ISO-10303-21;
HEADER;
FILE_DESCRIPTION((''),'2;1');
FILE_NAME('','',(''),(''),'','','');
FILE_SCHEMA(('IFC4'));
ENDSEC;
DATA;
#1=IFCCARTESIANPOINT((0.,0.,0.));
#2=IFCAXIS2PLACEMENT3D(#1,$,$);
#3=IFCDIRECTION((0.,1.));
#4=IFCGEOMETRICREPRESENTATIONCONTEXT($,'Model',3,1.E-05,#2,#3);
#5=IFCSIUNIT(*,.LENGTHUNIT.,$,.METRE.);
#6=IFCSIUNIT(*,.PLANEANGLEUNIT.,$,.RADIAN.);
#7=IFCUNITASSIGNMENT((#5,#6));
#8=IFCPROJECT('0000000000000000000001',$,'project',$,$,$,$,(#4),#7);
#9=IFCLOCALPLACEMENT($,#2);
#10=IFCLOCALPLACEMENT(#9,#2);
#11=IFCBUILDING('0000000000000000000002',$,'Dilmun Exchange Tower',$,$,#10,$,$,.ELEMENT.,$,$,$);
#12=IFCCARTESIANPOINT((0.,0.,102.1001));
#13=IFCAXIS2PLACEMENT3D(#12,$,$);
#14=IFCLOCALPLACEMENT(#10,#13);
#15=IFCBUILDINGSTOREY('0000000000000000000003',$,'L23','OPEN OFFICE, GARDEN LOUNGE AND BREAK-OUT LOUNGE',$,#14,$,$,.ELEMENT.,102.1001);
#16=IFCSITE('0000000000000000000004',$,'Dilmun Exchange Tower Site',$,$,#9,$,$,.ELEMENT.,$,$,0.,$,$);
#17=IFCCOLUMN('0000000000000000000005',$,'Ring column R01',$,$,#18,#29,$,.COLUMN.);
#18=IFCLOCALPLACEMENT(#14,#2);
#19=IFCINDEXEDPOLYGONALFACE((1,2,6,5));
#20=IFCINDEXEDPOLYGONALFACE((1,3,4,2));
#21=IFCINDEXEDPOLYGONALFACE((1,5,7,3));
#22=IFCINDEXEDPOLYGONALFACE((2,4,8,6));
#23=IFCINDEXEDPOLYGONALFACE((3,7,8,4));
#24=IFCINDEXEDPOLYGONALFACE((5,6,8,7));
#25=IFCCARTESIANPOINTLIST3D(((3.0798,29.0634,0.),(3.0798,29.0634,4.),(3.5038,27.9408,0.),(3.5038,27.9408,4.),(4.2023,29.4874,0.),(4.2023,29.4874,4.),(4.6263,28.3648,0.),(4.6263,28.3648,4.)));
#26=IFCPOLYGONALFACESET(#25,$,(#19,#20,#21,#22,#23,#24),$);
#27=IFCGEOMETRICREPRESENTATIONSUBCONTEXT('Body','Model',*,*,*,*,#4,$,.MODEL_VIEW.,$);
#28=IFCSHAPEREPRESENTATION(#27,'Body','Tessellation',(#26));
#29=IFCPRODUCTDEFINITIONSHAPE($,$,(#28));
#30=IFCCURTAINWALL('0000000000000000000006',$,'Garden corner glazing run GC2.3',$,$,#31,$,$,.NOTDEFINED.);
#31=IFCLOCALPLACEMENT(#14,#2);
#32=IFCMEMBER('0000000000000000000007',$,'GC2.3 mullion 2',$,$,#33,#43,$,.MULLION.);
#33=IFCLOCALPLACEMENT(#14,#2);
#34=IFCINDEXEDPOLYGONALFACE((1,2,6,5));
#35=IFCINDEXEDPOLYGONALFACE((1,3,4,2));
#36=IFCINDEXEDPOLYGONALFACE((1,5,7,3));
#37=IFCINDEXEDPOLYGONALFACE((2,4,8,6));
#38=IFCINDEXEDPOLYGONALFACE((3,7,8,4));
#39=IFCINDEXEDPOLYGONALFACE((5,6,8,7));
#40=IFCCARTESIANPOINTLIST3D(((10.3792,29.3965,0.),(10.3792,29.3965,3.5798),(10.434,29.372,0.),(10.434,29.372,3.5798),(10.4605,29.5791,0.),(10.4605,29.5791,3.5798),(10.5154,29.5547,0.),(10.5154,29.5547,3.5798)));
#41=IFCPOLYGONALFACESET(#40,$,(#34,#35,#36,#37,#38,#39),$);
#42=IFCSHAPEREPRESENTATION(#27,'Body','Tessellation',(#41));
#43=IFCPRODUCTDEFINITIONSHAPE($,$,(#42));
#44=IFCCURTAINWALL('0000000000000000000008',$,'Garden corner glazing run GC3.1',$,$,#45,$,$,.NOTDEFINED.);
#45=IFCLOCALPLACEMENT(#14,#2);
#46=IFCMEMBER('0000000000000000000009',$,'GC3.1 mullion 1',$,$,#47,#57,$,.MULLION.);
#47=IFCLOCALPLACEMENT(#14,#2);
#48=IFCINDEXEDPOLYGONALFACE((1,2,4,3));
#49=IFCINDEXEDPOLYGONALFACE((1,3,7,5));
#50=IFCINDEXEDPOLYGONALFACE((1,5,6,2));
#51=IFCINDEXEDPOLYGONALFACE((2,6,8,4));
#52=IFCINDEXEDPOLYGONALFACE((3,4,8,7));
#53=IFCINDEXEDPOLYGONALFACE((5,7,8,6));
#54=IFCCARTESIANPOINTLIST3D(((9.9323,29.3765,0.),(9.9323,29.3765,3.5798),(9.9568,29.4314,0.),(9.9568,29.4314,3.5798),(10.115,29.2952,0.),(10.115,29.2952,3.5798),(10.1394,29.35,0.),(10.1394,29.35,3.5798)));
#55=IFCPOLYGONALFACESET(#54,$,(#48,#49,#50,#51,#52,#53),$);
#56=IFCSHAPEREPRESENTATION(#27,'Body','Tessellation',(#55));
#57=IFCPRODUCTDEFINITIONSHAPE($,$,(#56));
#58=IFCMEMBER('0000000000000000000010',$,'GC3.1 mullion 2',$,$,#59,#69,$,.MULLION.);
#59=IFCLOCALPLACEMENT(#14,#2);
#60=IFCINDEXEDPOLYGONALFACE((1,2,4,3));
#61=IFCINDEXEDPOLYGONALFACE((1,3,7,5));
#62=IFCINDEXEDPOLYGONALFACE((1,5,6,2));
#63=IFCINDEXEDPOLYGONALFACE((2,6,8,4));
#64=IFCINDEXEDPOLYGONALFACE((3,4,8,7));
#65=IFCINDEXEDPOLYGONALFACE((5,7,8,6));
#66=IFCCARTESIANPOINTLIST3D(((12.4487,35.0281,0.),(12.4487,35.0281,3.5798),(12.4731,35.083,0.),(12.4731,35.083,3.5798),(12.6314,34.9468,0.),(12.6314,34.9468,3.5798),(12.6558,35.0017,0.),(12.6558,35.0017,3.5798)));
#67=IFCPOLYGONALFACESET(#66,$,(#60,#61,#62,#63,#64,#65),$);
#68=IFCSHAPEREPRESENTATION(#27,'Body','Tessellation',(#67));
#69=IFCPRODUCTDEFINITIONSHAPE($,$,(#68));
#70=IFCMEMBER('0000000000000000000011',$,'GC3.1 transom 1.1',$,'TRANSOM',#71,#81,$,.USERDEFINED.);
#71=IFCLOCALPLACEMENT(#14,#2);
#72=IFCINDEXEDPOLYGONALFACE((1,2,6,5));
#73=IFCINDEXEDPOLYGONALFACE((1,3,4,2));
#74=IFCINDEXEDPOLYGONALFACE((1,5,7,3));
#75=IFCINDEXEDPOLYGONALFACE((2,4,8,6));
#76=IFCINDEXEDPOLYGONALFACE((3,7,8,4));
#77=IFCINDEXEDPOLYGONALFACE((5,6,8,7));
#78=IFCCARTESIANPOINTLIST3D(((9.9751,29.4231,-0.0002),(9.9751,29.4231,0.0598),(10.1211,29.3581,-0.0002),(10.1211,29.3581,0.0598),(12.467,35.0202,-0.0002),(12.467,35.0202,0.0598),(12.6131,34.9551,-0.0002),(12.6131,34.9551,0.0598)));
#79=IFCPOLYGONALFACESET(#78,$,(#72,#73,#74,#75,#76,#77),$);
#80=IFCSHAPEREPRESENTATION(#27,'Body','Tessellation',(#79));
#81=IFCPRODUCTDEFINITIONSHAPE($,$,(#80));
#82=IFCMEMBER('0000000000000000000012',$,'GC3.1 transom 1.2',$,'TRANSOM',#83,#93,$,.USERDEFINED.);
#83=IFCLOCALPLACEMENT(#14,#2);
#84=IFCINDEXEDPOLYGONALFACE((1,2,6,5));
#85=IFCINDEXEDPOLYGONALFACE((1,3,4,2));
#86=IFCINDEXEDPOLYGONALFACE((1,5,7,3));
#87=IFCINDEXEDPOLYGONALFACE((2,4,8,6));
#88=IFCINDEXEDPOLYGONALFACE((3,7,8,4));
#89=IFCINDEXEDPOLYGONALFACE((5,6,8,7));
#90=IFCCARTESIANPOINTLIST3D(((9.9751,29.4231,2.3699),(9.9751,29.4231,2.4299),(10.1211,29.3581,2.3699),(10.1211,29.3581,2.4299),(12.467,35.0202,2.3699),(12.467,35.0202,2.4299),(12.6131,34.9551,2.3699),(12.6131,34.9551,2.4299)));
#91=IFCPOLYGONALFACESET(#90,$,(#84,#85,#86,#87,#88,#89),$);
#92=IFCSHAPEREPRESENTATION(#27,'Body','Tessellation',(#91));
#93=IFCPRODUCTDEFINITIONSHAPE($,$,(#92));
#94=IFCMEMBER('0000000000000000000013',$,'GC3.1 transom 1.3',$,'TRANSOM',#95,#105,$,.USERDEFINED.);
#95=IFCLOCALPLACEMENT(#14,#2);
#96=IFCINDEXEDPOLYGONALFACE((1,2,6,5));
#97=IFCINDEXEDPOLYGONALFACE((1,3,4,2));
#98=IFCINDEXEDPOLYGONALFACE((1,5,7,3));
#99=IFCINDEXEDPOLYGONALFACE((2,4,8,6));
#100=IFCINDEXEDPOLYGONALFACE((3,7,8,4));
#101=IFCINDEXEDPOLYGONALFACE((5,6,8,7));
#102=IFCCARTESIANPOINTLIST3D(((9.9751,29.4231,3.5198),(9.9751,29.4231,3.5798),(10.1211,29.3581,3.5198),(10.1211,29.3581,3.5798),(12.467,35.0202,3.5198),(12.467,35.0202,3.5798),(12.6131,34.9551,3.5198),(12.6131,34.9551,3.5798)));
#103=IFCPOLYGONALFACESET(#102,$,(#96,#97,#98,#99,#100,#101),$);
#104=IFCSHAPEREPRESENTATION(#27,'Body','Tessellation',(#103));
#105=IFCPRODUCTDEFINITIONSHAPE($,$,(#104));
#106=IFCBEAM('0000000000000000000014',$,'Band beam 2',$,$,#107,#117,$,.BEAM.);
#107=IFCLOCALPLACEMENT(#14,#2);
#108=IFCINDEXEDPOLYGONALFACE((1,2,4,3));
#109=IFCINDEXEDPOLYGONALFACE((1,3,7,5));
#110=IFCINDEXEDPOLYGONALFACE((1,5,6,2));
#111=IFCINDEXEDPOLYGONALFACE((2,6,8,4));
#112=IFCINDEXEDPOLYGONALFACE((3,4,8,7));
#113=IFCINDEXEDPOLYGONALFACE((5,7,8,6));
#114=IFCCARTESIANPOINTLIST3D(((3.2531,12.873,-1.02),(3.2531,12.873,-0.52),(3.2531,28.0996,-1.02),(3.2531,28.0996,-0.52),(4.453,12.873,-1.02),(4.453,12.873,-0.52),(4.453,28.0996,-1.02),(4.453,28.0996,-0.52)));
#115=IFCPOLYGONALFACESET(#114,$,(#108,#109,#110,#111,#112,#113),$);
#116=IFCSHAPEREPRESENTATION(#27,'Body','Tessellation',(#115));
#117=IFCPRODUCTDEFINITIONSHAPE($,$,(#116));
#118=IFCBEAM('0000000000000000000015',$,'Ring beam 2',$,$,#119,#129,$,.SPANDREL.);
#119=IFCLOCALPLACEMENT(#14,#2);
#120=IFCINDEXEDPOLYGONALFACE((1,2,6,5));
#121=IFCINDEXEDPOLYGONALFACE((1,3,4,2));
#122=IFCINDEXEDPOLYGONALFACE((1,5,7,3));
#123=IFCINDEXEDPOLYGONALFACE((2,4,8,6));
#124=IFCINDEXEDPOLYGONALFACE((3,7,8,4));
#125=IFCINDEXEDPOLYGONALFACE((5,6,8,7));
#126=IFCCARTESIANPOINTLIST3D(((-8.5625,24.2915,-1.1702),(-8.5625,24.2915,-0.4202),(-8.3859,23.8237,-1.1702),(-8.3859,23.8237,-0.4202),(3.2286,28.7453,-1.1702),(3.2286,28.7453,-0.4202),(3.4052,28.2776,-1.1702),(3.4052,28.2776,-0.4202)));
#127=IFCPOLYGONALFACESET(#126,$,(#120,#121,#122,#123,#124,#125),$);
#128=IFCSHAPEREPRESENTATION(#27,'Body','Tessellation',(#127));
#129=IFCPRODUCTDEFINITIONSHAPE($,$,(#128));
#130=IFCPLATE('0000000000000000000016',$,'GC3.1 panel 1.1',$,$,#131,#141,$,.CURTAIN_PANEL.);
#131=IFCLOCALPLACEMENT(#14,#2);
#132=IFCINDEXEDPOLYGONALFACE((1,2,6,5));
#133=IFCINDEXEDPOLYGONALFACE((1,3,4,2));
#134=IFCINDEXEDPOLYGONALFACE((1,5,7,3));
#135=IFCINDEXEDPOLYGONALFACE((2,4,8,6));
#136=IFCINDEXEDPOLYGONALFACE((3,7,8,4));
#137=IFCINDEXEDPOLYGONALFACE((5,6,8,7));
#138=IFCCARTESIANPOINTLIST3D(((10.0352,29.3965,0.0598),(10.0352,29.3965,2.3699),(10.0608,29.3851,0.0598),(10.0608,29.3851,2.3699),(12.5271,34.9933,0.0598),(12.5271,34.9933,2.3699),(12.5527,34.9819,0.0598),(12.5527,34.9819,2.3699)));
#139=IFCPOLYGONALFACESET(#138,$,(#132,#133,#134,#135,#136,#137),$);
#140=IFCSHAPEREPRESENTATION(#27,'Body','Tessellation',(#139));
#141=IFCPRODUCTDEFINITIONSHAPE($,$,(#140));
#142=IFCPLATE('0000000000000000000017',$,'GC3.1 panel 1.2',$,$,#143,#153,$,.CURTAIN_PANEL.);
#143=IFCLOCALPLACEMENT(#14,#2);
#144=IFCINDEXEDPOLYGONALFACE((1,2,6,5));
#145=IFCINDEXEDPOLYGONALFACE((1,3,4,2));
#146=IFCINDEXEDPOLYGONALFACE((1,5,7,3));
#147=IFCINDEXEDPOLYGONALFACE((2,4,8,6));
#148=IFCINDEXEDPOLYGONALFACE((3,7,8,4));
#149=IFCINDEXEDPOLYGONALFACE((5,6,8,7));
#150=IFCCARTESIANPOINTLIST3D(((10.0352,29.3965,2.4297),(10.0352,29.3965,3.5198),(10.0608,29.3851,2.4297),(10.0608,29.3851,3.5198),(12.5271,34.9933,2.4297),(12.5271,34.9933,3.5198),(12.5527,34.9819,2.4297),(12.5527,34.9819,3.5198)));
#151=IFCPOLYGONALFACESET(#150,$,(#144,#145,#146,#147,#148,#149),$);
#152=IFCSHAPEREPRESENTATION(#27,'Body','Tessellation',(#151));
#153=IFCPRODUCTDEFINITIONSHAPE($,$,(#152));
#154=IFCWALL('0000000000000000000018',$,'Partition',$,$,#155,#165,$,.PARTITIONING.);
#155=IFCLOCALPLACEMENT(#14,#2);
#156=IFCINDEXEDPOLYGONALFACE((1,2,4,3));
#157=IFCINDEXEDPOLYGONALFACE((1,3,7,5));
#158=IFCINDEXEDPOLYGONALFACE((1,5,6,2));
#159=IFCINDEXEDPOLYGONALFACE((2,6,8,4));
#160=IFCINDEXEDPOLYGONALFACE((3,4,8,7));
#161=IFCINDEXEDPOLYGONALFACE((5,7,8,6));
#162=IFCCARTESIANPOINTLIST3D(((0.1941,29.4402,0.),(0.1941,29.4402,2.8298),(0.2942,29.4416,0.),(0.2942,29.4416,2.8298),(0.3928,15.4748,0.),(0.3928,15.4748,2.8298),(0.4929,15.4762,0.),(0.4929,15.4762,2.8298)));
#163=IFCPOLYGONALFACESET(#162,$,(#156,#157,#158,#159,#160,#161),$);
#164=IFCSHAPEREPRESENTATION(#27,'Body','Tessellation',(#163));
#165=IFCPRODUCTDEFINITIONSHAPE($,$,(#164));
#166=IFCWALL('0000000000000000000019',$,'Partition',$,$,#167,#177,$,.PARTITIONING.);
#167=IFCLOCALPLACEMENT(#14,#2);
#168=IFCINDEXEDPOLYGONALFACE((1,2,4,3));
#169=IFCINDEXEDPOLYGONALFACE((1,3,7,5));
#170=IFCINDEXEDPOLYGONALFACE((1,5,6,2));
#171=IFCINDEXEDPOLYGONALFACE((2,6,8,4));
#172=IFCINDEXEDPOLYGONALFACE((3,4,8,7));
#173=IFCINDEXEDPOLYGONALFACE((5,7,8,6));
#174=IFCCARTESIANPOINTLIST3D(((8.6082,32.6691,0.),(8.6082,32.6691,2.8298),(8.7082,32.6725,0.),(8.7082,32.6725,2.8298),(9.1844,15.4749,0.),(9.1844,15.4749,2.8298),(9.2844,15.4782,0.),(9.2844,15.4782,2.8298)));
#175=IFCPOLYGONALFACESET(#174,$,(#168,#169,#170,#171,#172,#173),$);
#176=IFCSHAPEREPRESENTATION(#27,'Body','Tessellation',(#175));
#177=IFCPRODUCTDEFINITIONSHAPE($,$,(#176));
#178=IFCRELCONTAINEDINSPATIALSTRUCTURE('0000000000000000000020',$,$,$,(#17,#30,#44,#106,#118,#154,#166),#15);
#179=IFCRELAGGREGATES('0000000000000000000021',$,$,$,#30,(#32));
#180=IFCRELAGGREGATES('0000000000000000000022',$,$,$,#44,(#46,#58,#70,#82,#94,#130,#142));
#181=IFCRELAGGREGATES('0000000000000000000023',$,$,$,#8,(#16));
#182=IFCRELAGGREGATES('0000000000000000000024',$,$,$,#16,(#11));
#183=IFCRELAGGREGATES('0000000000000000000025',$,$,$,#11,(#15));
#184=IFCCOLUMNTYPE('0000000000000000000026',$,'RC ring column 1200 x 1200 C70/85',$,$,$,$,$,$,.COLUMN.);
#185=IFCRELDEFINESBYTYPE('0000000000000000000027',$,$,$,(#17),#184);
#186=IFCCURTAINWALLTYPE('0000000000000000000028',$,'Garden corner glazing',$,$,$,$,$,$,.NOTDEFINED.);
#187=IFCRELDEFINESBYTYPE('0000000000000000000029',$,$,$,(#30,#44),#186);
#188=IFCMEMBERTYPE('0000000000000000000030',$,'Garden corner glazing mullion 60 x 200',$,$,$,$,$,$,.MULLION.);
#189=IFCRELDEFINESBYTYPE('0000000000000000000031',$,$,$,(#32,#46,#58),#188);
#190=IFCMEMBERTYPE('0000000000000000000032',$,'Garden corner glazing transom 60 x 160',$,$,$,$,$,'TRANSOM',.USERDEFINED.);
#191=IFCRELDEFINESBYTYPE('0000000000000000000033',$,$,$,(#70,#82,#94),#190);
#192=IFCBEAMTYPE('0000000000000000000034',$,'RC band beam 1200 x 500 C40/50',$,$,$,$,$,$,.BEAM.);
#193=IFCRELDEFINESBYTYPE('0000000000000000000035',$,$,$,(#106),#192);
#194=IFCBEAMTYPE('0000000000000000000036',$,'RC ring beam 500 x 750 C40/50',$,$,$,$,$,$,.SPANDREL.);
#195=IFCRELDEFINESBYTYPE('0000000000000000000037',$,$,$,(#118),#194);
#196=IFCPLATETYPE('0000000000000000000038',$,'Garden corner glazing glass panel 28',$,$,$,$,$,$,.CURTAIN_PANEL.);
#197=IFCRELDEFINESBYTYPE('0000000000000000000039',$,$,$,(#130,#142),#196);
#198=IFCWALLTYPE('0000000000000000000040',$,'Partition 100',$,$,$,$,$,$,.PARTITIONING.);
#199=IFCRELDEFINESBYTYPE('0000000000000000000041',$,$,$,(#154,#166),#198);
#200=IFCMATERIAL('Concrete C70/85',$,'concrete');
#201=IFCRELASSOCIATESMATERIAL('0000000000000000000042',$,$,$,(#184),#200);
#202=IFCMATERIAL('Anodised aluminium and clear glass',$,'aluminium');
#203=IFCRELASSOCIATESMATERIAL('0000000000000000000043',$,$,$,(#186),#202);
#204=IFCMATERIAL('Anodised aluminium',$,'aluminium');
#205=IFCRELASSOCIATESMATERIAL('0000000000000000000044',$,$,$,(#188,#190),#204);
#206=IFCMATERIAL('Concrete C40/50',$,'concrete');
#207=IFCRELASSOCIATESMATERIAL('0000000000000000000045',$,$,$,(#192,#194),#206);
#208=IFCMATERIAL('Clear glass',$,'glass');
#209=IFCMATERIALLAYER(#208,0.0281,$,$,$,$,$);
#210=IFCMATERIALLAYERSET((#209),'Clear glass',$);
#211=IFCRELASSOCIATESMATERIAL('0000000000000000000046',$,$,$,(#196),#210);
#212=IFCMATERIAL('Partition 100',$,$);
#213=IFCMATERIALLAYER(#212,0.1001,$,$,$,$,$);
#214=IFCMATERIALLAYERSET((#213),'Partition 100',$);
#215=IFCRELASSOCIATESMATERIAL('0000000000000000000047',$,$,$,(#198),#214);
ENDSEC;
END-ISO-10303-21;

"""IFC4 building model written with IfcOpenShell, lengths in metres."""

from ifc_helpers import new_model, si_unit, direction, frame, frame_2d, origin, origin_2d, place, context, subcontext, project, spatial, rectangle, extrude, material, layer, layer_set, material_profile, profile_set, type_object, element, aggregate, save


model = new_model("IFC4")

# Units and contexts
model_context = context("Model", 3, precision=1e-05, world=origin(), true_north=direction((0.0, 1.0)))
body_context = subcontext(model_context, "Body", "Model", "MODEL_VIEW")
ifc_project = project(units=[si_unit("LENGTHUNIT", "METRE"), si_unit("PLANEANGLEUNIT", "RADIAN")], contexts=[model_context])

# Site, building, storey
site_placement = place(None, origin())
site = spatial("IfcSite", under=ifc_project, at=site_placement, Name="Dilmun Exchange Tower Site", CompositionType="ELEMENT", RefElevation=0.0)
building_placement = place(site_placement, origin())
building = spatial("IfcBuilding", under=site, at=building_placement, Name="Dilmun Exchange Tower", CompositionType="ELEMENT")
storey_placement = place(building_placement, frame((0.0, 0.0, 102.1001)))
storey = spatial("IfcBuildingStorey", under=building, at=storey_placement, Name="L23", Description="OPEN OFFICE, GARDEN LOUNGE AND BREAK-OUT LOUNGE", CompositionType="ELEMENT", Elevation=102.1001)

# Column
ifc_material_1 = material(Name="Concrete C70/85", Category="concrete")
ifc_material_profile_1 = material_profile(ifc_material_1, rectangle(XDim=1.2, YDim=1.2, at=origin_2d()), Name="1200 x 1200")
ifc_profile_set_1 = profile_set([ifc_material_profile_1], Name="Concrete C70/85")
column_type = type_object("IfcColumnType", Name="RC ring column 1200 x 1200 C70/85", PredefinedType="COLUMN", material=ifc_profile_set_1)
column_placement = place(storey_placement, frame((3.853, 28.7141, 0.0), z_axis=(0.0, 0.0, 1.0), x_axis=(0.935492, 0.353349, 0.0)))
element("IfcColumn", 1, at=column_placement, inside=storey, type_object=column_type, Name="Ring column R01", PredefinedType="COLUMN", context=body_context, shape_type="SweptSolid", body=[
    extrude(rectangle(XDim=1.2, YDim=1.2, at=origin_2d()), origin(), (0.0, 0.0, 1.0), 4.0),
])

# Curtain wall, member
ifc_material_2 = material(Name="Anodised aluminium and clear glass", Category="aluminium")
curtain_wall_type = type_object("IfcCurtainWallType", Name="Garden corner glazing", PredefinedType="NOTDEFINED", material=ifc_material_2)
curtain_wall_1_placement = place(storey_placement, origin())
curtain_wall_1 = element("IfcCurtainWall", 2, at=curtain_wall_1_placement, inside=storey, type_object=curtain_wall_type, Name="Garden corner glazing run GC2.3", PredefinedType="NOTDEFINED")
ifc_material_3 = material(Name="Anodised aluminium", Category="aluminium")
ifc_material_profile_2 = material_profile(ifc_material_3, rectangle(XDim=0.2, YDim=0.0601, at=origin_2d()), Name="AL 60x200")
ifc_profile_set_2 = profile_set([ifc_material_profile_2], Name="Anodised aluminium")
member_type_1 = type_object("IfcMemberType", Name="Garden corner glazing mullion 60 x 200", PredefinedType="MULLION", material=ifc_profile_set_2)
member_1_placement = place(storey_placement, frame((10.4473, 29.4756, 0.0), z_axis=(0.0, 0.0, 1.0), x_axis=(-0.406735, -0.913546, 0.0)))
member_1 = element("IfcMember", 3, at=member_1_placement, type_object=member_type_1, Name="GC2.3 mullion 2", PredefinedType="MULLION", context=body_context, shape_type="SweptSolid", body=[
    extrude(rectangle(XDim=0.2, YDim=0.0601, at=origin_2d()), origin(), (0.0, 0.0, 1.0), 3.5798),
])
aggregate(curtain_wall_1, [member_1])

# Curtain wall, members
curtain_wall_2_placement = place(storey_placement, origin())
curtain_wall_2 = element("IfcCurtainWall", 4, at=curtain_wall_2_placement, inside=storey, type_object=curtain_wall_type, Name="Garden corner glazing run GC3.1", PredefinedType="NOTDEFINED")
member_2_placement = place(storey_placement, frame((10.0359, 29.3633, 0.0), z_axis=(0.0, 0.0, 1.0), x_axis=(-0.913543, 0.406743, 0.0)))
member_2 = element("IfcMember", 5, at=member_2_placement, type_object=member_type_1, Name="GC3.1 mullion 1", PredefinedType="MULLION", context=body_context, shape_type="SweptSolid", body=[
    extrude(rectangle(XDim=0.2, YDim=0.0601, at=origin_2d()), origin(), (0.0, 0.0, 1.0), 3.5798),
])
member_3_placement = place(storey_placement, frame((12.5522, 35.0149, 0.0), z_axis=(0.0, 0.0, 1.0), x_axis=(-0.913543, 0.406743, 0.0)))
member_3 = element("IfcMember", 6, at=member_3_placement, type_object=member_type_1, Name="GC3.1 mullion 2", PredefinedType="MULLION", context=body_context, shape_type="SweptSolid", body=[
    extrude(rectangle(XDim=0.2, YDim=0.0601, at=origin_2d()), origin(), (0.0, 0.0, 1.0), 3.5798),
])
ifc_material_profile_3 = material_profile(ifc_material_3, rectangle(XDim=0.1599, YDim=0.0601, at=origin_2d()), Name="AL 60x160")
ifc_profile_set_3 = profile_set([ifc_material_profile_3], Name="Anodised aluminium")
member_type_2 = type_object("IfcMemberType", Name="Garden corner glazing transom 60 x 160", ElementType="TRANSOM", PredefinedType="USERDEFINED", material=ifc_profile_set_3)
member_4_placement = place(storey_placement, frame((10.0481, 29.3906, 0.0298), z_axis=(0.406741, 0.913543, 0.0), x_axis=(-0.913543, 0.406741, 0.0)))
member_4 = element("IfcMember", 7, at=member_4_placement, type_object=member_type_2, Name="GC3.1 transom 1.1", ObjectType="TRANSOM", PredefinedType="USERDEFINED", context=body_context, shape_type="SweptSolid", body=[
    extrude(rectangle(XDim=0.1599, YDim=0.0601, at=origin_2d()), origin(), (0.0, 0.0, 1.0), 6.1267),
])
member_5_placement = place(storey_placement, frame((10.0481, 29.3906, 2.3999), z_axis=(0.406741, 0.913543, 0.0), x_axis=(-0.913543, 0.406741, 0.0)))
member_5 = element("IfcMember", 8, at=member_5_placement, type_object=member_type_2, Name="GC3.1 transom 1.2", ObjectType="TRANSOM", PredefinedType="USERDEFINED", context=body_context, shape_type="SweptSolid", body=[
    extrude(rectangle(XDim=0.1599, YDim=0.0601, at=origin_2d()), origin(), (0.0, 0.0, 1.0), 6.1267),
])
member_6_placement = place(storey_placement, frame((10.0481, 29.3906, 3.5498), z_axis=(0.406741, 0.913543, 0.0), x_axis=(-0.913543, 0.406741, 0.0)))
member_6 = element("IfcMember", 9, at=member_6_placement, type_object=member_type_2, Name="GC3.1 transom 1.3", ObjectType="TRANSOM", PredefinedType="USERDEFINED", context=body_context, shape_type="SweptSolid", body=[
    extrude(rectangle(XDim=0.1599, YDim=0.0601, at=origin_2d()), origin(), (0.0, 0.0, 1.0), 6.1267),
])

# Beams
ifc_material_4 = material(Name="Concrete C40/50", Category="concrete")
ifc_material_profile_4 = material_profile(ifc_material_4, rectangle(XDim=1.2, YDim=0.5, at=origin_2d()), Name="1200 x 500")
ifc_profile_set_4 = profile_set([ifc_material_profile_4], Name="Concrete C40/50")
beam_type_1 = type_object("IfcBeamType", Name="RC band beam 1200 x 500 C40/50", PredefinedType="BEAM", material=ifc_profile_set_4)
beam_1_placement = place(storey_placement, frame((3.853, 28.0996, -0.77), z_axis=(0.0, -1.0, 0.0), x_axis=(1.0, 0.0, 0.0)))
element("IfcBeam", 10, at=beam_1_placement, inside=storey, type_object=beam_type_1, Name="Band beam 2", PredefinedType="BEAM", context=body_context, shape_type="SweptSolid", body=[
    extrude(rectangle(XDim=1.2, YDim=0.5, at=origin_2d()), origin(), (0.0, 0.0, 1.0), 15.2266),
])
ifc_material_profile_5 = material_profile(ifc_material_4, rectangle(XDim=0.5, YDim=0.75, at=origin_2d()), Name="500 x 750")
ifc_profile_set_5 = profile_set([ifc_material_profile_5], Name="Concrete C40/50")
beam_type_2 = type_object("IfcBeamType", Name="RC ring beam 500 x 750 C40/50", PredefinedType="SPANDREL", material=ifc_profile_set_5)
beam_2_placement = place(storey_placement, frame((3.3169, 28.5115, -0.7952), z_axis=(-0.935486, -0.353364, 0.0), x_axis=(0.353364, -0.935486, 0.0)))
element("IfcBeam", 11, at=beam_2_placement, inside=storey, type_object=beam_type_2, Name="Ring beam 2", PredefinedType="SPANDREL", context=body_context, shape_type="SweptSolid", body=[
    extrude(rectangle(XDim=0.5, YDim=0.75, at=origin_2d()), origin(), (0.0, 0.0, 1.0), 12.6042),
])

# Plates
ifc_material_5 = material(Name="Clear glass", Category="glass")
ifc_layer_1 = layer(ifc_material_5, 0.0281)
ifc_layer_set_1 = layer_set([ifc_layer_1], Name="Clear glass")
plate_type = type_object("IfcPlateType", Name="Garden corner glazing glass panel 28", PredefinedType="CURTAIN_PANEL", material=ifc_layer_set_1)
plate_1_placement = place(storey_placement, frame((11.2939, 32.1892, 0.0598), z_axis=(0.0, 0.0, 1.0), x_axis=(0.406743, 0.913543, 0.0)))
plate_1 = element("IfcPlate", 12, at=plate_1_placement, type_object=plate_type, Name="GC3.1 panel 1.1", PredefinedType="CURTAIN_PANEL", context=body_context, shape_type="SweptSolid", body=[
    extrude(rectangle(XDim=6.1265, YDim=0.0281, at=origin_2d()), origin(), (0.0, 0.0, 1.0), 2.3101),
])
plate_2_placement = place(storey_placement, frame((11.2939, 32.1892, 2.4297), z_axis=(0.0, 0.0, 1.0), x_axis=(0.406743, 0.913543, 0.0)))
plate_2 = element("IfcPlate", 13, at=plate_2_placement, type_object=plate_type, Name="GC3.1 panel 1.2", PredefinedType="CURTAIN_PANEL", context=body_context, shape_type="SweptSolid", body=[
    extrude(rectangle(XDim=6.1265, YDim=0.0281, at=origin_2d()), origin(), (0.0, 0.0, 1.0), 1.0901),
])
aggregate(curtain_wall_2, [member_2, member_3, member_4, member_5, member_6, plate_1, plate_2])

# Walls
ifc_material_6 = material(Name="Partition 100")
ifc_layer_2 = layer(ifc_material_6, 0.1001)
ifc_layer_set_2 = layer_set([ifc_layer_2], Name="Partition 100")
wall_type = type_object("IfcWallType", Name="Partition 100", PredefinedType="PARTITIONING", material=ifc_layer_set_2)
wall_1_placement = place(storey_placement, frame((0.2441, 29.4409, 0.0), z_axis=(0.0, 0.0, 1.0), x_axis=(0.014229, -0.999899, 0.0)))
element("IfcWall", 14, at=wall_1_placement, inside=storey, type_object=wall_type, Name="Partition", PredefinedType="PARTITIONING", context=body_context, shape_type="SweptSolid", body=[
    extrude(rectangle(XDim=13.9668, YDim=0.1001, at=frame_2d((6.9834, 0.0))), origin(), (0.0, 0.0, 1.0), 2.8298),
])
wall_2_placement = place(storey_placement, frame((8.6582, 32.6709, 0.0), z_axis=(0.0, 0.0, 1.0), x_axis=(0.033491, -0.999439, 0.0)))
element("IfcWall", 15, at=wall_2_placement, inside=storey, type_object=wall_type, Name="Partition", PredefinedType="PARTITIONING", context=body_context, shape_type="SweptSolid", body=[
    extrude(rectangle(XDim=17.2039, YDim=0.1001, at=frame_2d((8.6021, 0.0))), origin(), (0.0, 0.0, 1.0), 2.8298),
])

save(model, "model.ifc")
